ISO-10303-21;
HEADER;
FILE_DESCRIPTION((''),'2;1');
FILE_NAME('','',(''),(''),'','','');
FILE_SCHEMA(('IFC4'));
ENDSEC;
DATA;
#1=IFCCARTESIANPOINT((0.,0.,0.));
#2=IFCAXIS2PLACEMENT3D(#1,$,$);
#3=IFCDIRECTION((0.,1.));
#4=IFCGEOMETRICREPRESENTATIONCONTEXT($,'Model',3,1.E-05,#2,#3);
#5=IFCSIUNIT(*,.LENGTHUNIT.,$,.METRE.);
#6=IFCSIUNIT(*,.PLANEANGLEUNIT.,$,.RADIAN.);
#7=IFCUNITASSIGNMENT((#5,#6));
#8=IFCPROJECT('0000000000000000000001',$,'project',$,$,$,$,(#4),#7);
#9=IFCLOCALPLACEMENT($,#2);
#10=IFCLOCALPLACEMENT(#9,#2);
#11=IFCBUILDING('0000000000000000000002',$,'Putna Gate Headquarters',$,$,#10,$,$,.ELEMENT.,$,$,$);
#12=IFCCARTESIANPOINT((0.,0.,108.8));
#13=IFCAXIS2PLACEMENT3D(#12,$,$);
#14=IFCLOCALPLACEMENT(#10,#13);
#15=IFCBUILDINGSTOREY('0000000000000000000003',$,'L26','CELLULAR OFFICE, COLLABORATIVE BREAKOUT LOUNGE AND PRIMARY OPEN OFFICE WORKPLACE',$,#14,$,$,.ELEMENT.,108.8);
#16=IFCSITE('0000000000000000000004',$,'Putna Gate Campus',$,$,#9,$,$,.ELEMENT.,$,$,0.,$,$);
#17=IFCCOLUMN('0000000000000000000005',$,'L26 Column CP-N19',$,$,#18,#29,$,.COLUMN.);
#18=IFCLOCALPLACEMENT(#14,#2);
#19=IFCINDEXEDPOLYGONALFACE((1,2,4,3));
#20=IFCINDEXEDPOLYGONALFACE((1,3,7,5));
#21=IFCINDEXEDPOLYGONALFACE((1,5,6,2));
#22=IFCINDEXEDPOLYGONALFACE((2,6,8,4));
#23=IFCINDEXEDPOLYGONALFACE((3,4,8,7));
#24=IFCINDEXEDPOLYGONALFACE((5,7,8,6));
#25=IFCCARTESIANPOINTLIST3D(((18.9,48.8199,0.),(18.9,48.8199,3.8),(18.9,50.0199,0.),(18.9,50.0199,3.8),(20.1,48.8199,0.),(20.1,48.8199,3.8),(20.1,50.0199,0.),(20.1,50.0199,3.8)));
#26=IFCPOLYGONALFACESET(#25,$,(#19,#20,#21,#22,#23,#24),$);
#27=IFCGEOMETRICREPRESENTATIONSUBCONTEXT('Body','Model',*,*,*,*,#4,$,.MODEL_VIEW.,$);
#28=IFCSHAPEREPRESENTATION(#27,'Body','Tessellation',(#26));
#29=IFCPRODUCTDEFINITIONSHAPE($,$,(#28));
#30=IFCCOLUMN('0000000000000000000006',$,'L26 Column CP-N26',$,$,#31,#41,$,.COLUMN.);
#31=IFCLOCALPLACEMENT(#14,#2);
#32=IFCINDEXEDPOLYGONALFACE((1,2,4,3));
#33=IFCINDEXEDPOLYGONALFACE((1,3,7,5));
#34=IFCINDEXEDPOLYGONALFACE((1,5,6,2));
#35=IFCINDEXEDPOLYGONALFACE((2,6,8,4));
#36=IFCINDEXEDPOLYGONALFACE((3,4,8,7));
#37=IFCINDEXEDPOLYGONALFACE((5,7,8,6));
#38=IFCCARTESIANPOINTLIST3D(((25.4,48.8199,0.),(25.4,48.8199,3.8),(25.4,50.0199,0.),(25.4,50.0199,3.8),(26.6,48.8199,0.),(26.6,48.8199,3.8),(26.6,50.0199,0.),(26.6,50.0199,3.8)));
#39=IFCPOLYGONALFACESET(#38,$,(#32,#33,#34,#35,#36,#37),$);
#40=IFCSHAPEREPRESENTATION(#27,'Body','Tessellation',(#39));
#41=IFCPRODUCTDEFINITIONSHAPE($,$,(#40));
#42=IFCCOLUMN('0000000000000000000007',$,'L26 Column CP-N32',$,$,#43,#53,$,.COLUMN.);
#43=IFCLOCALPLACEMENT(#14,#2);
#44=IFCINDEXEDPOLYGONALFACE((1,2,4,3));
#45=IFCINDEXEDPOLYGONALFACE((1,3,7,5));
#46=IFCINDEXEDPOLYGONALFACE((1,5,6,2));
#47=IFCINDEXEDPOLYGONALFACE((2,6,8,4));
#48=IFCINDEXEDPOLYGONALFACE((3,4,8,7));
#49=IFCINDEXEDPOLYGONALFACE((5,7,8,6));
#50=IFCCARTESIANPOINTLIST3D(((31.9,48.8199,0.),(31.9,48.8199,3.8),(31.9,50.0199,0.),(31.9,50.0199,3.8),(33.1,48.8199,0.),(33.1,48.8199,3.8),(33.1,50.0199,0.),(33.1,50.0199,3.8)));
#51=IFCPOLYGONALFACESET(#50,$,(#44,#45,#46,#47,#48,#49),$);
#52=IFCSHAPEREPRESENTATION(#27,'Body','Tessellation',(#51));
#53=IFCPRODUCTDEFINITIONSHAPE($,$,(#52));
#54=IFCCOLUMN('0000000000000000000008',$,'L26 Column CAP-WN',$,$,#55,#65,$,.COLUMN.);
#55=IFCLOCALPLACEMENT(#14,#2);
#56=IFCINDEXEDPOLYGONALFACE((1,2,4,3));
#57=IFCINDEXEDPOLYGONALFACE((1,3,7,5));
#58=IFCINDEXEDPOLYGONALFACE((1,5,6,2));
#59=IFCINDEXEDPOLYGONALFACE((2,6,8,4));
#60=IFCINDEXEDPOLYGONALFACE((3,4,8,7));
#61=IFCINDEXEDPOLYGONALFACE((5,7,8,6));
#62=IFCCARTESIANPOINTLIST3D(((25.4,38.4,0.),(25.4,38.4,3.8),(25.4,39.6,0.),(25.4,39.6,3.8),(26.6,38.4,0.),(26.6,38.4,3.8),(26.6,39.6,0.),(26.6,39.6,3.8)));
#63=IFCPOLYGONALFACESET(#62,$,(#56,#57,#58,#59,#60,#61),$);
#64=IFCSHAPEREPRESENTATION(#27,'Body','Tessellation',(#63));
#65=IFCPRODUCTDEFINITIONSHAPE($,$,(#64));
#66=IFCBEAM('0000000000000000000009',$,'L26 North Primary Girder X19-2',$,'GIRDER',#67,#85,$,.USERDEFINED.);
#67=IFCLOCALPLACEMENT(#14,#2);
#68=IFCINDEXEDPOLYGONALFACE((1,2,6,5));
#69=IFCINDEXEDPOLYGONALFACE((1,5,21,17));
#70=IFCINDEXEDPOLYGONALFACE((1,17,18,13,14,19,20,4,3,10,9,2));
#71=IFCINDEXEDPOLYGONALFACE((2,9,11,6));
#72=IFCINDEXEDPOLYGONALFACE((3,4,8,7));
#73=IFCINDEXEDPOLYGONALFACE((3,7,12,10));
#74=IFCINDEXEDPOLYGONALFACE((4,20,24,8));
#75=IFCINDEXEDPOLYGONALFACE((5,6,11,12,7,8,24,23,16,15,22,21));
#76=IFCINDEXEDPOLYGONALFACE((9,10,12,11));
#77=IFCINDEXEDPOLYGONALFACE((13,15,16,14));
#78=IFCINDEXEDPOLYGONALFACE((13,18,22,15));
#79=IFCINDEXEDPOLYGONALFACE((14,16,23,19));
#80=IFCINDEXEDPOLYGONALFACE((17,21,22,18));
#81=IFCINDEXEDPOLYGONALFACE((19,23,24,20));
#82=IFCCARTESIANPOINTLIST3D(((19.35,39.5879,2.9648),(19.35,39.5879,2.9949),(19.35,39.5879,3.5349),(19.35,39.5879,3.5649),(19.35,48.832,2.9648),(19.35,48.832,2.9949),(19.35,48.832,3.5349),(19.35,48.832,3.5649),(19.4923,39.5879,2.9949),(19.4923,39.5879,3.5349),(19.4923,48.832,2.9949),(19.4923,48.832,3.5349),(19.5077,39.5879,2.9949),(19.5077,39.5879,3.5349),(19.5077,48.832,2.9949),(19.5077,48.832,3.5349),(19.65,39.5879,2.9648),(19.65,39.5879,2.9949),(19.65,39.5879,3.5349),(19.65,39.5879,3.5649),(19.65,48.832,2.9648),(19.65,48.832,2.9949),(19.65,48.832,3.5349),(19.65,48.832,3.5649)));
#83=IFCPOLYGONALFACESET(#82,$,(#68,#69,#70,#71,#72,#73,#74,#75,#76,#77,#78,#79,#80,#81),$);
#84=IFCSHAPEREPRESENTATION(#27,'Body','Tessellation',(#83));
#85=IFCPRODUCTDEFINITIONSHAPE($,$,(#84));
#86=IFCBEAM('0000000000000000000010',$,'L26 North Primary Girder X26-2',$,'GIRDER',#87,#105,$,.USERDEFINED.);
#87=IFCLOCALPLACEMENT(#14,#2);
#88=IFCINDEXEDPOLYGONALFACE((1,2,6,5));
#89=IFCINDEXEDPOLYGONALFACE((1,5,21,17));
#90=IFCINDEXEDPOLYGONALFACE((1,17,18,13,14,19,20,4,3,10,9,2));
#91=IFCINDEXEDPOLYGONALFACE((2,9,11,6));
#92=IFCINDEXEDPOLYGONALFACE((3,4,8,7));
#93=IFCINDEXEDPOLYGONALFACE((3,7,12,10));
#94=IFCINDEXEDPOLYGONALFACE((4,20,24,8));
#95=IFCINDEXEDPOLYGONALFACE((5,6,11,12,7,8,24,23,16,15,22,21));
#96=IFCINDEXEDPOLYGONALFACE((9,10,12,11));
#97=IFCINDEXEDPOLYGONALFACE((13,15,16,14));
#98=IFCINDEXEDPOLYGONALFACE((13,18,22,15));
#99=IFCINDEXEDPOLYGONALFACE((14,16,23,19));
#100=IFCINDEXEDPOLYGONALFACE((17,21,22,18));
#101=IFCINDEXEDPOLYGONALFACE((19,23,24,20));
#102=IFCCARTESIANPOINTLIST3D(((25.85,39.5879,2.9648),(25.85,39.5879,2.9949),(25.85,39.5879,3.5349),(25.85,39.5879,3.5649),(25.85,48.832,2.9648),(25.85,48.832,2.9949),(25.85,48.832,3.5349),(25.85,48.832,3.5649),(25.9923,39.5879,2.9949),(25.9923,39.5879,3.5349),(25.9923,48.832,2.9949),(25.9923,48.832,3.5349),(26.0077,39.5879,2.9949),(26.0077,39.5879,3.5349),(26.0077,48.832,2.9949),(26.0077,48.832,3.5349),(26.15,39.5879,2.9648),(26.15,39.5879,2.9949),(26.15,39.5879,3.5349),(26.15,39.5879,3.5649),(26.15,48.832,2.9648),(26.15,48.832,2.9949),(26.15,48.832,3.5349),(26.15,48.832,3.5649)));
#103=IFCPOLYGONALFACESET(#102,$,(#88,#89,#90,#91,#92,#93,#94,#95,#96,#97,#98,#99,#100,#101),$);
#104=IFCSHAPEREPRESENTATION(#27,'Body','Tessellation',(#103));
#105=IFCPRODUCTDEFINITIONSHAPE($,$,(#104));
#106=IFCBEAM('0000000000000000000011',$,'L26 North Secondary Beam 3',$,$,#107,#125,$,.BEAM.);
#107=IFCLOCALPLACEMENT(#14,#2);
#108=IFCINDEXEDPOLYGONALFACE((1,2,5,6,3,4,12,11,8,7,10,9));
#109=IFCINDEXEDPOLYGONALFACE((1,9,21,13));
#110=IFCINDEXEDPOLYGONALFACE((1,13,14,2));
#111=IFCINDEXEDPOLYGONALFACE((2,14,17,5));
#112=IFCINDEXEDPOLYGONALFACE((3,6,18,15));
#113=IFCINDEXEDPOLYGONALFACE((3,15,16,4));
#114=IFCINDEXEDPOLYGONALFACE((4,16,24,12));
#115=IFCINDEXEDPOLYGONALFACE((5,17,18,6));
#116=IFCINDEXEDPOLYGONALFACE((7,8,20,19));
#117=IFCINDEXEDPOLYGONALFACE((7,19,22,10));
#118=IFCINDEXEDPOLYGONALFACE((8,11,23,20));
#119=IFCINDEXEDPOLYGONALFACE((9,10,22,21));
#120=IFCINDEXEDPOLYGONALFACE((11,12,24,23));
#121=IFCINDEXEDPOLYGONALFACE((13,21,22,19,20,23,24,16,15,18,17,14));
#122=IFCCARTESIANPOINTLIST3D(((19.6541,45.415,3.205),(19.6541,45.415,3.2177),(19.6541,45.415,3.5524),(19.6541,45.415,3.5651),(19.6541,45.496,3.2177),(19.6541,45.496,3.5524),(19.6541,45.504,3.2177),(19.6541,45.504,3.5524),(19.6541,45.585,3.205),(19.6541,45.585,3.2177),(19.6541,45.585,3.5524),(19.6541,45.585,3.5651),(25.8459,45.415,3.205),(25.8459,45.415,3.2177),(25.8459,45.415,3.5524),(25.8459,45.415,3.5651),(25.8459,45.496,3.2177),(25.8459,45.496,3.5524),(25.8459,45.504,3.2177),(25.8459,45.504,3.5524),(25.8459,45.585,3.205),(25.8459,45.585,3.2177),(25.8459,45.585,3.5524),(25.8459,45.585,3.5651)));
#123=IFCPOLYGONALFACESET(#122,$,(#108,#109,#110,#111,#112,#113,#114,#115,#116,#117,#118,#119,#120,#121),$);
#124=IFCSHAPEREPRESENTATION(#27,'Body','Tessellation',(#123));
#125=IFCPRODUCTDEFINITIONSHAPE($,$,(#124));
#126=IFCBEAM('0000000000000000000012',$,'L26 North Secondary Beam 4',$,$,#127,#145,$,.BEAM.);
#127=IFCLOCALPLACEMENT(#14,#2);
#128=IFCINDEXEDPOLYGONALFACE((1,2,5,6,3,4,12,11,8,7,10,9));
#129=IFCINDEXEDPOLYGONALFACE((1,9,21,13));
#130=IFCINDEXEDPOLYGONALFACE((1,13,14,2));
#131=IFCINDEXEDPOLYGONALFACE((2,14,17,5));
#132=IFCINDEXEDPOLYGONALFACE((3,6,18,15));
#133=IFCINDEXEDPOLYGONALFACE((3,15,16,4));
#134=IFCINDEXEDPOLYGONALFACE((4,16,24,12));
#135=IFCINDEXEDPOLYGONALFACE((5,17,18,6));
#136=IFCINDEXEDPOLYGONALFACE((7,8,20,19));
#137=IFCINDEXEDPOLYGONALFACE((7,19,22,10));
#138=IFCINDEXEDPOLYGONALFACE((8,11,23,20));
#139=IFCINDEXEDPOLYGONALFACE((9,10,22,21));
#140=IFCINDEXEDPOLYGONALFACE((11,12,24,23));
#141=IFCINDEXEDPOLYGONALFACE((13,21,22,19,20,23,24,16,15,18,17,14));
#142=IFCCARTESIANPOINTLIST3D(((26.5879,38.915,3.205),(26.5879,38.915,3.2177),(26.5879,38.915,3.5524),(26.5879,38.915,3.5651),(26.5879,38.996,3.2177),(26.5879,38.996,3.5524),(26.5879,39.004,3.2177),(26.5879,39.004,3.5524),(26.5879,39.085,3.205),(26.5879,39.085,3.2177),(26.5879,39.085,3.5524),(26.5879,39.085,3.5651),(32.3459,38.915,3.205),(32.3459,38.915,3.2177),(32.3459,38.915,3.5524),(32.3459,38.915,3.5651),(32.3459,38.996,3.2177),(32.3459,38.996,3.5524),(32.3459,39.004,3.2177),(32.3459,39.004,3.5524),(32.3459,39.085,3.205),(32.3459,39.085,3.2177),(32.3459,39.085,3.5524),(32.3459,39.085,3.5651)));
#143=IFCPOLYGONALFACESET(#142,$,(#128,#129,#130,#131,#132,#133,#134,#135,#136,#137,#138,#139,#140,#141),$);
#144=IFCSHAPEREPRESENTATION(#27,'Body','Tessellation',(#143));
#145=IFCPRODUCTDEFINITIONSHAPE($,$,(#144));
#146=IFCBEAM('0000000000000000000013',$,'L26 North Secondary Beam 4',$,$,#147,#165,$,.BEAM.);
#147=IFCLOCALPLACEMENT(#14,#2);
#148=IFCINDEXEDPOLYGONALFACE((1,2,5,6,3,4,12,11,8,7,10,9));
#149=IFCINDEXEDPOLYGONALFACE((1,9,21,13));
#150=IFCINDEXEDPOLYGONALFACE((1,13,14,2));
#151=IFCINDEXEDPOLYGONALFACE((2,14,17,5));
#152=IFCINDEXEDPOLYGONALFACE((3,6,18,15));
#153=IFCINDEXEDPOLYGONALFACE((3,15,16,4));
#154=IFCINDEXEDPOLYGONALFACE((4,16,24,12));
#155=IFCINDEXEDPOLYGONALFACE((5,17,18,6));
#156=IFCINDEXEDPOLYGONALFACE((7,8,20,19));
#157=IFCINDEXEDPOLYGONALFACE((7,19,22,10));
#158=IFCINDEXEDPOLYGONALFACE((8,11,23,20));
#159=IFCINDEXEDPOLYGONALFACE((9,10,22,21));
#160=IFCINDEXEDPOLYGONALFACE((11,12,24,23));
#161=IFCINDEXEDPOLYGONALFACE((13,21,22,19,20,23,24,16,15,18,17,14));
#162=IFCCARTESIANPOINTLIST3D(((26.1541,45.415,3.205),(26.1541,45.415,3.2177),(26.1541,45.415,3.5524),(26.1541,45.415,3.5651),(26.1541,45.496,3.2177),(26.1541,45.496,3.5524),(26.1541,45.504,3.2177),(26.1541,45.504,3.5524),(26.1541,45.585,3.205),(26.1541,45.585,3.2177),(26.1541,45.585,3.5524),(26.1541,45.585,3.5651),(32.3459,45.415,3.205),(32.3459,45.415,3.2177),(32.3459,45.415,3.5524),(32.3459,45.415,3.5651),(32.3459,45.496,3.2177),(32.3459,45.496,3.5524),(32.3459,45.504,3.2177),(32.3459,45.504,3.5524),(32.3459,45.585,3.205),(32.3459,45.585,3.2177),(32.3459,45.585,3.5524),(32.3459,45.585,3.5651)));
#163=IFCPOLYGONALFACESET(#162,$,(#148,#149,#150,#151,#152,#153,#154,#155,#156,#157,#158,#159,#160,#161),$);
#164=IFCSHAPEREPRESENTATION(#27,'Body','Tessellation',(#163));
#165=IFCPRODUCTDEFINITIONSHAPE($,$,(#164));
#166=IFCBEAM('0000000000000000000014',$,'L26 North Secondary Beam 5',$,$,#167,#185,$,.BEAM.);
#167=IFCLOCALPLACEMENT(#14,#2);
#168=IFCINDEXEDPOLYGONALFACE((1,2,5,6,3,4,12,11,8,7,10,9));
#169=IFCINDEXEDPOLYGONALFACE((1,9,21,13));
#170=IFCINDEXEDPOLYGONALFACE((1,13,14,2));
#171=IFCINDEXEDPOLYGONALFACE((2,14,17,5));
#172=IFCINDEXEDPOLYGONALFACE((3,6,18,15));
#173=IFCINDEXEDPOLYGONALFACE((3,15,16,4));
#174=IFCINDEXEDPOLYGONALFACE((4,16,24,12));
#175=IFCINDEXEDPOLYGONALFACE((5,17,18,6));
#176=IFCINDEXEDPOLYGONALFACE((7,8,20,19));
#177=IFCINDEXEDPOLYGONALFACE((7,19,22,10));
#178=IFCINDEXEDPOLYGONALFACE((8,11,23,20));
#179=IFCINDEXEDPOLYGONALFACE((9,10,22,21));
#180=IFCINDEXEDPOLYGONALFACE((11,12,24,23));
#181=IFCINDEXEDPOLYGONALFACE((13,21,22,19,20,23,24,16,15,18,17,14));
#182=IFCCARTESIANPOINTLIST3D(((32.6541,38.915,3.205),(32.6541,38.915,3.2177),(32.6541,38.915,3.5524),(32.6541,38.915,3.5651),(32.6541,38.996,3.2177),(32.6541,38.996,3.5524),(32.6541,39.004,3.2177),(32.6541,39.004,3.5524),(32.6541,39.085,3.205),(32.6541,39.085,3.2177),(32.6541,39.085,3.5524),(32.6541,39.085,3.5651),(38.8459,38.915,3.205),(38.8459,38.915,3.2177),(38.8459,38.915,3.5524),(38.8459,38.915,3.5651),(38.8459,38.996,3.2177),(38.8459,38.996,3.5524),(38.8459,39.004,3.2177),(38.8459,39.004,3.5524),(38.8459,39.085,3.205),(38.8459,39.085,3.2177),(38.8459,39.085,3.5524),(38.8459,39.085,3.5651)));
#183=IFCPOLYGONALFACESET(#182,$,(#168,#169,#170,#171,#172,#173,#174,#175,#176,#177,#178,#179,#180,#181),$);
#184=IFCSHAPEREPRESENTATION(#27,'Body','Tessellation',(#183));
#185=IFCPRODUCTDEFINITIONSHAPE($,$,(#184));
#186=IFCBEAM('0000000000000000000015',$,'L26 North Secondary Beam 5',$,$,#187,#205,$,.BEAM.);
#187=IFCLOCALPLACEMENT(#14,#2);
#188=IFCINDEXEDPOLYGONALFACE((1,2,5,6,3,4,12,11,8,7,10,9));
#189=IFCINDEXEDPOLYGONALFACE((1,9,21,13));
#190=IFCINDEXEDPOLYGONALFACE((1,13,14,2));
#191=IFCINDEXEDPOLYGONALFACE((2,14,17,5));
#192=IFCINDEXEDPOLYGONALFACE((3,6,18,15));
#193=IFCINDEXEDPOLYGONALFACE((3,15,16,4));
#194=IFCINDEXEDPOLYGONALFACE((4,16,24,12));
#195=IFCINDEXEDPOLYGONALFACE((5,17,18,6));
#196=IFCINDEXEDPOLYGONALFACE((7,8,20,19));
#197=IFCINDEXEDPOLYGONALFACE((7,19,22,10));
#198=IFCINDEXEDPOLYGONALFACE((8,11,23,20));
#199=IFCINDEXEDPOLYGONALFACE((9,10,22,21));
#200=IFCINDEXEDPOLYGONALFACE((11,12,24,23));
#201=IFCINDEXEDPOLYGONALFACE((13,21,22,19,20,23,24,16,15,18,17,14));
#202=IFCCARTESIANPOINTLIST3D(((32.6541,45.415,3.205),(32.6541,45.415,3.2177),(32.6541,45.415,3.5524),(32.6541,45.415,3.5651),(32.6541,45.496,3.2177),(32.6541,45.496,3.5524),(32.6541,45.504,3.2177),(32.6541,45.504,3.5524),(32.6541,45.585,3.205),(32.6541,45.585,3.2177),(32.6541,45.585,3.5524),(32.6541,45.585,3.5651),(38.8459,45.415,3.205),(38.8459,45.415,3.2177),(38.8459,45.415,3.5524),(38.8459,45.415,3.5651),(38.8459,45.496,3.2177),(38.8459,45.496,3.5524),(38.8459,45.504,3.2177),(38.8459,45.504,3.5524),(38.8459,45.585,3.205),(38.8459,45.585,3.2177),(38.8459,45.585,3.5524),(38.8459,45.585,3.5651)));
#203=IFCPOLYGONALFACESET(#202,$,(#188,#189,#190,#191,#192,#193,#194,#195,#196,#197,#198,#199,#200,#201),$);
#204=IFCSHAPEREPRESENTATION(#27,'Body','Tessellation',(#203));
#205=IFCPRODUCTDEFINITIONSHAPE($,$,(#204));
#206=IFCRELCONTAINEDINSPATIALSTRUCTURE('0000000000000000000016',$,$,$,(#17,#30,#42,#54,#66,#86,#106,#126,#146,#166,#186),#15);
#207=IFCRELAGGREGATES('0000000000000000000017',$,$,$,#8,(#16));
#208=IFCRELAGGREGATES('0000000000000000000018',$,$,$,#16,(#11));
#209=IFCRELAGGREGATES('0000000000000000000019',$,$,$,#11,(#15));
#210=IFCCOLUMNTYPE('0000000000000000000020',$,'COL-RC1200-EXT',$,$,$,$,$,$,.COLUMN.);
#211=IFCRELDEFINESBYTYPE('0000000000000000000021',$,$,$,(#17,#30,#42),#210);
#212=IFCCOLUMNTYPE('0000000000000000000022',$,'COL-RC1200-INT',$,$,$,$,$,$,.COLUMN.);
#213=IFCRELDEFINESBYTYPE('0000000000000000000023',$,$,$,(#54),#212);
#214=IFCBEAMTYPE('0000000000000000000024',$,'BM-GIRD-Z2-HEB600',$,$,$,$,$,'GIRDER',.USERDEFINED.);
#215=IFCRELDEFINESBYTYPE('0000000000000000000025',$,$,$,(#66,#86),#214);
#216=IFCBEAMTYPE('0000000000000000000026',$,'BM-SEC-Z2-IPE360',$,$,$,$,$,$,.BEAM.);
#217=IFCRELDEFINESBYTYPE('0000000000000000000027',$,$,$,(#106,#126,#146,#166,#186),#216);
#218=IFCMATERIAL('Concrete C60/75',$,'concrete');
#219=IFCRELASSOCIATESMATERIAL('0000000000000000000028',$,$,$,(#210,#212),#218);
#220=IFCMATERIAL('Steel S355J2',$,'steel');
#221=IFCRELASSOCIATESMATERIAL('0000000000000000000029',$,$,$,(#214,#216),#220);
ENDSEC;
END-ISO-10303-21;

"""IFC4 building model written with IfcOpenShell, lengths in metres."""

from ifc_helpers import new_model, si_unit, direction, frame, origin, origin_2d, place, context, subcontext, project, spatial, rectangle, i_section, extrude, material, material_profile, profile_set, type_object, element, save


model = new_model("IFC4")

# Units and contexts
model_context = context("Model", 3, precision=1e-05, world=origin(), true_north=direction((0.0, 1.0)))
body_context = subcontext(model_context, "Body", "Model", "MODEL_VIEW")
ifc_project = project(units=[si_unit("LENGTHUNIT", "METRE"), si_unit("PLANEANGLEUNIT", "RADIAN")], contexts=[model_context])

# Site, building, storey
site_placement = place(None, origin())
site = spatial("IfcSite", under=ifc_project, at=site_placement, Name="Putna Gate Campus", CompositionType="ELEMENT", RefElevation=0.0)
building_placement = place(site_placement, origin())
building = spatial("IfcBuilding", under=site, at=building_placement, Name="Putna Gate Headquarters", CompositionType="ELEMENT")
storey_placement = place(building_placement, frame((0.0, 0.0, 108.8)))
storey = spatial("IfcBuildingStorey", under=building, at=storey_placement, Name="L26", Description="CELLULAR OFFICE, COLLABORATIVE BREAKOUT LOUNGE AND PRIMARY OPEN OFFICE WORKPLACE", CompositionType="ELEMENT", Elevation=108.8)

# Columns
ifc_material_1 = material(Name="Concrete C60/75", Category="concrete")
ifc_material_profile_1 = material_profile(ifc_material_1, rectangle(XDim=1.2, YDim=1.2, at=origin_2d()), Name="Concrete C60/75")
ifc_profile_set_1 = profile_set([ifc_material_profile_1], Name="Concrete C60/75")
column_type_1 = type_object("IfcColumnType", Name="COL-RC1200-EXT", PredefinedType="COLUMN", material=ifc_profile_set_1)
for number, where, z_axis, x_axis, name in (
    (1, (19.5, 49.4199, 0.0), (0.0, 0.0, 1.0), (1.0, 0.0, 0.0), "L26 Column CP-N19"),
    (2, (26.0, 49.4199, 0.0), (0.0, 0.0, 1.0), (1.0, 0.0, 0.0), "L26 Column CP-N26"),
    (3, (32.5, 49.4199, 0.0), (0.0, 0.0, 1.0), (1.0, 0.0, 0.0), "L26 Column CP-N32"),
):
    element("IfcColumn", number, at=place(storey_placement, frame(where, z_axis=z_axis, x_axis=x_axis)), inside=storey, type_object=column_type_1, Name=name, PredefinedType="COLUMN", context=body_context, shape_type="SweptSolid", body=[
        extrude(rectangle(XDim=1.2, YDim=1.2, at=origin_2d()), origin(), (0.0, 0.0, 1.0), 3.8),
    ])
ifc_material_profile_2 = material_profile(ifc_material_1, rectangle(XDim=1.2, YDim=1.2, at=origin_2d()), Name="Concrete C60/75")
ifc_profile_set_2 = profile_set([ifc_material_profile_2], Name="Concrete C60/75")
column_type_2 = type_object("IfcColumnType", Name="COL-RC1200-INT", PredefinedType="COLUMN", material=ifc_profile_set_2)
column_placement = place(storey_placement, frame((26.0, 39.0, 0.0), z_axis=(0.0, 0.0, 1.0), x_axis=(1.0, 0.0, 0.0)))
element("IfcColumn", 4, at=column_placement, inside=storey, type_object=column_type_2, Name="L26 Column CAP-WN", PredefinedType="COLUMN", context=body_context, shape_type="SweptSolid", body=[
    extrude(rectangle(XDim=1.2, YDim=1.2, at=origin_2d()), origin(), (0.0, 0.0, 1.0), 3.8),
])

# Beams
ifc_material_2 = material(Name="Steel S355J2", Category="steel")
ifc_material_profile_3 = material_profile(ifc_material_2, i_section(OverallWidth=0.3, OverallDepth=0.6001, WebThickness=0.0154, FlangeThickness=0.03, at=origin_2d()), Name="Steel S355J2")
ifc_profile_set_3 = profile_set([ifc_material_profile_3], Name="Steel S355J2")
beam_type_1 = type_object("IfcBeamType", Name="BM-GIRD-Z2-HEB600", ElementType="GIRDER", PredefinedType="USERDEFINED", material=ifc_profile_set_3)
for number, where, z_axis, x_axis, name in (
    (5, (19.5, 39.5879, 3.2649), (0.0, 1.0, 0.0), (-1.0, 0.0, 0.0), "L26 North Primary Girder X19-2"),
    (6, (26.0, 39.5879, 3.2649), (0.0, 1.0, 0.0), (-1.0, 0.0, 0.0), "L26 North Primary Girder X26-2"),
):
    element("IfcBeam", number, at=place(storey_placement, frame(where, z_axis=z_axis, x_axis=x_axis)), inside=storey, type_object=beam_type_1, Name=name, ObjectType="GIRDER", PredefinedType="USERDEFINED", context=body_context, shape_type="SweptSolid", body=[
        extrude(i_section(OverallWidth=0.3, OverallDepth=0.6001, WebThickness=0.0154, FlangeThickness=0.03, at=origin_2d()), origin(), (0.0, 0.0, 1.0), 9.2441),
    ])
ifc_material_profile_4 = material_profile(ifc_material_2, i_section(OverallWidth=0.1699, OverallDepth=0.3601, WebThickness=0.0081, FlangeThickness=0.0127, at=origin_2d()), Name="Steel S355J2")
ifc_profile_set_4 = profile_set([ifc_material_profile_4], Name="Steel S355J2")
beam_type_2 = type_object("IfcBeamType", Name="BM-SEC-Z2-IPE360", PredefinedType="BEAM", material=ifc_profile_set_4)
beam_1_placement = place(storey_placement, frame((19.6541, 45.5, 3.385), z_axis=(1.0, 0.0, 0.0), x_axis=(0.0, 1.0, 0.0)))
element("IfcBeam", 7, at=beam_1_placement, inside=storey, type_object=beam_type_2, Name="L26 North Secondary Beam 3", PredefinedType="BEAM", context=body_context, shape_type="SweptSolid", body=[
    extrude(i_section(OverallWidth=0.1699, OverallDepth=0.3601, WebThickness=0.0081, FlangeThickness=0.0127, at=origin_2d()), origin(), (0.0, 0.0, 1.0), 6.1919),
])
beam_2_placement = place(storey_placement, frame((26.5879, 39.0, 3.385), z_axis=(1.0, 0.0, 0.0), x_axis=(0.0, 1.0, 0.0)))
element("IfcBeam", 8, at=beam_2_placement, inside=storey, type_object=beam_type_2, Name="L26 North Secondary Beam 4", PredefinedType="BEAM", context=body_context, shape_type="SweptSolid", body=[
    extrude(i_section(OverallWidth=0.1699, OverallDepth=0.3601, WebThickness=0.0081, FlangeThickness=0.0127, at=origin_2d()), origin(), (0.0, 0.0, 1.0), 5.7581),
])
for number, where, z_axis, x_axis, name in (
    (9, (26.1541, 45.5, 3.385), (1.0, 0.0, 0.0), (0.0, 1.0, 0.0), "L26 North Secondary Beam 4"),
    (10, (32.6541, 39.0, 3.385), (1.0, 0.0, 0.0), (0.0, 1.0, 0.0), "L26 North Secondary Beam 5"),
    (11, (32.6541, 45.5, 3.385), (1.0, 0.0, 0.0), (0.0, 1.0, 0.0), "L26 North Secondary Beam 5"),
):
    element("IfcBeam", number, at=place(storey_placement, frame(where, z_axis=z_axis, x_axis=x_axis)), inside=storey, type_object=beam_type_2, Name=name, PredefinedType="BEAM", context=body_context, shape_type="SweptSolid", body=[
        extrude(i_section(OverallWidth=0.1699, OverallDepth=0.3601, WebThickness=0.0081, FlangeThickness=0.0127, at=origin_2d()), origin(), (0.0, 0.0, 1.0), 6.1919),
    ])

save(model, "model.ifc")
